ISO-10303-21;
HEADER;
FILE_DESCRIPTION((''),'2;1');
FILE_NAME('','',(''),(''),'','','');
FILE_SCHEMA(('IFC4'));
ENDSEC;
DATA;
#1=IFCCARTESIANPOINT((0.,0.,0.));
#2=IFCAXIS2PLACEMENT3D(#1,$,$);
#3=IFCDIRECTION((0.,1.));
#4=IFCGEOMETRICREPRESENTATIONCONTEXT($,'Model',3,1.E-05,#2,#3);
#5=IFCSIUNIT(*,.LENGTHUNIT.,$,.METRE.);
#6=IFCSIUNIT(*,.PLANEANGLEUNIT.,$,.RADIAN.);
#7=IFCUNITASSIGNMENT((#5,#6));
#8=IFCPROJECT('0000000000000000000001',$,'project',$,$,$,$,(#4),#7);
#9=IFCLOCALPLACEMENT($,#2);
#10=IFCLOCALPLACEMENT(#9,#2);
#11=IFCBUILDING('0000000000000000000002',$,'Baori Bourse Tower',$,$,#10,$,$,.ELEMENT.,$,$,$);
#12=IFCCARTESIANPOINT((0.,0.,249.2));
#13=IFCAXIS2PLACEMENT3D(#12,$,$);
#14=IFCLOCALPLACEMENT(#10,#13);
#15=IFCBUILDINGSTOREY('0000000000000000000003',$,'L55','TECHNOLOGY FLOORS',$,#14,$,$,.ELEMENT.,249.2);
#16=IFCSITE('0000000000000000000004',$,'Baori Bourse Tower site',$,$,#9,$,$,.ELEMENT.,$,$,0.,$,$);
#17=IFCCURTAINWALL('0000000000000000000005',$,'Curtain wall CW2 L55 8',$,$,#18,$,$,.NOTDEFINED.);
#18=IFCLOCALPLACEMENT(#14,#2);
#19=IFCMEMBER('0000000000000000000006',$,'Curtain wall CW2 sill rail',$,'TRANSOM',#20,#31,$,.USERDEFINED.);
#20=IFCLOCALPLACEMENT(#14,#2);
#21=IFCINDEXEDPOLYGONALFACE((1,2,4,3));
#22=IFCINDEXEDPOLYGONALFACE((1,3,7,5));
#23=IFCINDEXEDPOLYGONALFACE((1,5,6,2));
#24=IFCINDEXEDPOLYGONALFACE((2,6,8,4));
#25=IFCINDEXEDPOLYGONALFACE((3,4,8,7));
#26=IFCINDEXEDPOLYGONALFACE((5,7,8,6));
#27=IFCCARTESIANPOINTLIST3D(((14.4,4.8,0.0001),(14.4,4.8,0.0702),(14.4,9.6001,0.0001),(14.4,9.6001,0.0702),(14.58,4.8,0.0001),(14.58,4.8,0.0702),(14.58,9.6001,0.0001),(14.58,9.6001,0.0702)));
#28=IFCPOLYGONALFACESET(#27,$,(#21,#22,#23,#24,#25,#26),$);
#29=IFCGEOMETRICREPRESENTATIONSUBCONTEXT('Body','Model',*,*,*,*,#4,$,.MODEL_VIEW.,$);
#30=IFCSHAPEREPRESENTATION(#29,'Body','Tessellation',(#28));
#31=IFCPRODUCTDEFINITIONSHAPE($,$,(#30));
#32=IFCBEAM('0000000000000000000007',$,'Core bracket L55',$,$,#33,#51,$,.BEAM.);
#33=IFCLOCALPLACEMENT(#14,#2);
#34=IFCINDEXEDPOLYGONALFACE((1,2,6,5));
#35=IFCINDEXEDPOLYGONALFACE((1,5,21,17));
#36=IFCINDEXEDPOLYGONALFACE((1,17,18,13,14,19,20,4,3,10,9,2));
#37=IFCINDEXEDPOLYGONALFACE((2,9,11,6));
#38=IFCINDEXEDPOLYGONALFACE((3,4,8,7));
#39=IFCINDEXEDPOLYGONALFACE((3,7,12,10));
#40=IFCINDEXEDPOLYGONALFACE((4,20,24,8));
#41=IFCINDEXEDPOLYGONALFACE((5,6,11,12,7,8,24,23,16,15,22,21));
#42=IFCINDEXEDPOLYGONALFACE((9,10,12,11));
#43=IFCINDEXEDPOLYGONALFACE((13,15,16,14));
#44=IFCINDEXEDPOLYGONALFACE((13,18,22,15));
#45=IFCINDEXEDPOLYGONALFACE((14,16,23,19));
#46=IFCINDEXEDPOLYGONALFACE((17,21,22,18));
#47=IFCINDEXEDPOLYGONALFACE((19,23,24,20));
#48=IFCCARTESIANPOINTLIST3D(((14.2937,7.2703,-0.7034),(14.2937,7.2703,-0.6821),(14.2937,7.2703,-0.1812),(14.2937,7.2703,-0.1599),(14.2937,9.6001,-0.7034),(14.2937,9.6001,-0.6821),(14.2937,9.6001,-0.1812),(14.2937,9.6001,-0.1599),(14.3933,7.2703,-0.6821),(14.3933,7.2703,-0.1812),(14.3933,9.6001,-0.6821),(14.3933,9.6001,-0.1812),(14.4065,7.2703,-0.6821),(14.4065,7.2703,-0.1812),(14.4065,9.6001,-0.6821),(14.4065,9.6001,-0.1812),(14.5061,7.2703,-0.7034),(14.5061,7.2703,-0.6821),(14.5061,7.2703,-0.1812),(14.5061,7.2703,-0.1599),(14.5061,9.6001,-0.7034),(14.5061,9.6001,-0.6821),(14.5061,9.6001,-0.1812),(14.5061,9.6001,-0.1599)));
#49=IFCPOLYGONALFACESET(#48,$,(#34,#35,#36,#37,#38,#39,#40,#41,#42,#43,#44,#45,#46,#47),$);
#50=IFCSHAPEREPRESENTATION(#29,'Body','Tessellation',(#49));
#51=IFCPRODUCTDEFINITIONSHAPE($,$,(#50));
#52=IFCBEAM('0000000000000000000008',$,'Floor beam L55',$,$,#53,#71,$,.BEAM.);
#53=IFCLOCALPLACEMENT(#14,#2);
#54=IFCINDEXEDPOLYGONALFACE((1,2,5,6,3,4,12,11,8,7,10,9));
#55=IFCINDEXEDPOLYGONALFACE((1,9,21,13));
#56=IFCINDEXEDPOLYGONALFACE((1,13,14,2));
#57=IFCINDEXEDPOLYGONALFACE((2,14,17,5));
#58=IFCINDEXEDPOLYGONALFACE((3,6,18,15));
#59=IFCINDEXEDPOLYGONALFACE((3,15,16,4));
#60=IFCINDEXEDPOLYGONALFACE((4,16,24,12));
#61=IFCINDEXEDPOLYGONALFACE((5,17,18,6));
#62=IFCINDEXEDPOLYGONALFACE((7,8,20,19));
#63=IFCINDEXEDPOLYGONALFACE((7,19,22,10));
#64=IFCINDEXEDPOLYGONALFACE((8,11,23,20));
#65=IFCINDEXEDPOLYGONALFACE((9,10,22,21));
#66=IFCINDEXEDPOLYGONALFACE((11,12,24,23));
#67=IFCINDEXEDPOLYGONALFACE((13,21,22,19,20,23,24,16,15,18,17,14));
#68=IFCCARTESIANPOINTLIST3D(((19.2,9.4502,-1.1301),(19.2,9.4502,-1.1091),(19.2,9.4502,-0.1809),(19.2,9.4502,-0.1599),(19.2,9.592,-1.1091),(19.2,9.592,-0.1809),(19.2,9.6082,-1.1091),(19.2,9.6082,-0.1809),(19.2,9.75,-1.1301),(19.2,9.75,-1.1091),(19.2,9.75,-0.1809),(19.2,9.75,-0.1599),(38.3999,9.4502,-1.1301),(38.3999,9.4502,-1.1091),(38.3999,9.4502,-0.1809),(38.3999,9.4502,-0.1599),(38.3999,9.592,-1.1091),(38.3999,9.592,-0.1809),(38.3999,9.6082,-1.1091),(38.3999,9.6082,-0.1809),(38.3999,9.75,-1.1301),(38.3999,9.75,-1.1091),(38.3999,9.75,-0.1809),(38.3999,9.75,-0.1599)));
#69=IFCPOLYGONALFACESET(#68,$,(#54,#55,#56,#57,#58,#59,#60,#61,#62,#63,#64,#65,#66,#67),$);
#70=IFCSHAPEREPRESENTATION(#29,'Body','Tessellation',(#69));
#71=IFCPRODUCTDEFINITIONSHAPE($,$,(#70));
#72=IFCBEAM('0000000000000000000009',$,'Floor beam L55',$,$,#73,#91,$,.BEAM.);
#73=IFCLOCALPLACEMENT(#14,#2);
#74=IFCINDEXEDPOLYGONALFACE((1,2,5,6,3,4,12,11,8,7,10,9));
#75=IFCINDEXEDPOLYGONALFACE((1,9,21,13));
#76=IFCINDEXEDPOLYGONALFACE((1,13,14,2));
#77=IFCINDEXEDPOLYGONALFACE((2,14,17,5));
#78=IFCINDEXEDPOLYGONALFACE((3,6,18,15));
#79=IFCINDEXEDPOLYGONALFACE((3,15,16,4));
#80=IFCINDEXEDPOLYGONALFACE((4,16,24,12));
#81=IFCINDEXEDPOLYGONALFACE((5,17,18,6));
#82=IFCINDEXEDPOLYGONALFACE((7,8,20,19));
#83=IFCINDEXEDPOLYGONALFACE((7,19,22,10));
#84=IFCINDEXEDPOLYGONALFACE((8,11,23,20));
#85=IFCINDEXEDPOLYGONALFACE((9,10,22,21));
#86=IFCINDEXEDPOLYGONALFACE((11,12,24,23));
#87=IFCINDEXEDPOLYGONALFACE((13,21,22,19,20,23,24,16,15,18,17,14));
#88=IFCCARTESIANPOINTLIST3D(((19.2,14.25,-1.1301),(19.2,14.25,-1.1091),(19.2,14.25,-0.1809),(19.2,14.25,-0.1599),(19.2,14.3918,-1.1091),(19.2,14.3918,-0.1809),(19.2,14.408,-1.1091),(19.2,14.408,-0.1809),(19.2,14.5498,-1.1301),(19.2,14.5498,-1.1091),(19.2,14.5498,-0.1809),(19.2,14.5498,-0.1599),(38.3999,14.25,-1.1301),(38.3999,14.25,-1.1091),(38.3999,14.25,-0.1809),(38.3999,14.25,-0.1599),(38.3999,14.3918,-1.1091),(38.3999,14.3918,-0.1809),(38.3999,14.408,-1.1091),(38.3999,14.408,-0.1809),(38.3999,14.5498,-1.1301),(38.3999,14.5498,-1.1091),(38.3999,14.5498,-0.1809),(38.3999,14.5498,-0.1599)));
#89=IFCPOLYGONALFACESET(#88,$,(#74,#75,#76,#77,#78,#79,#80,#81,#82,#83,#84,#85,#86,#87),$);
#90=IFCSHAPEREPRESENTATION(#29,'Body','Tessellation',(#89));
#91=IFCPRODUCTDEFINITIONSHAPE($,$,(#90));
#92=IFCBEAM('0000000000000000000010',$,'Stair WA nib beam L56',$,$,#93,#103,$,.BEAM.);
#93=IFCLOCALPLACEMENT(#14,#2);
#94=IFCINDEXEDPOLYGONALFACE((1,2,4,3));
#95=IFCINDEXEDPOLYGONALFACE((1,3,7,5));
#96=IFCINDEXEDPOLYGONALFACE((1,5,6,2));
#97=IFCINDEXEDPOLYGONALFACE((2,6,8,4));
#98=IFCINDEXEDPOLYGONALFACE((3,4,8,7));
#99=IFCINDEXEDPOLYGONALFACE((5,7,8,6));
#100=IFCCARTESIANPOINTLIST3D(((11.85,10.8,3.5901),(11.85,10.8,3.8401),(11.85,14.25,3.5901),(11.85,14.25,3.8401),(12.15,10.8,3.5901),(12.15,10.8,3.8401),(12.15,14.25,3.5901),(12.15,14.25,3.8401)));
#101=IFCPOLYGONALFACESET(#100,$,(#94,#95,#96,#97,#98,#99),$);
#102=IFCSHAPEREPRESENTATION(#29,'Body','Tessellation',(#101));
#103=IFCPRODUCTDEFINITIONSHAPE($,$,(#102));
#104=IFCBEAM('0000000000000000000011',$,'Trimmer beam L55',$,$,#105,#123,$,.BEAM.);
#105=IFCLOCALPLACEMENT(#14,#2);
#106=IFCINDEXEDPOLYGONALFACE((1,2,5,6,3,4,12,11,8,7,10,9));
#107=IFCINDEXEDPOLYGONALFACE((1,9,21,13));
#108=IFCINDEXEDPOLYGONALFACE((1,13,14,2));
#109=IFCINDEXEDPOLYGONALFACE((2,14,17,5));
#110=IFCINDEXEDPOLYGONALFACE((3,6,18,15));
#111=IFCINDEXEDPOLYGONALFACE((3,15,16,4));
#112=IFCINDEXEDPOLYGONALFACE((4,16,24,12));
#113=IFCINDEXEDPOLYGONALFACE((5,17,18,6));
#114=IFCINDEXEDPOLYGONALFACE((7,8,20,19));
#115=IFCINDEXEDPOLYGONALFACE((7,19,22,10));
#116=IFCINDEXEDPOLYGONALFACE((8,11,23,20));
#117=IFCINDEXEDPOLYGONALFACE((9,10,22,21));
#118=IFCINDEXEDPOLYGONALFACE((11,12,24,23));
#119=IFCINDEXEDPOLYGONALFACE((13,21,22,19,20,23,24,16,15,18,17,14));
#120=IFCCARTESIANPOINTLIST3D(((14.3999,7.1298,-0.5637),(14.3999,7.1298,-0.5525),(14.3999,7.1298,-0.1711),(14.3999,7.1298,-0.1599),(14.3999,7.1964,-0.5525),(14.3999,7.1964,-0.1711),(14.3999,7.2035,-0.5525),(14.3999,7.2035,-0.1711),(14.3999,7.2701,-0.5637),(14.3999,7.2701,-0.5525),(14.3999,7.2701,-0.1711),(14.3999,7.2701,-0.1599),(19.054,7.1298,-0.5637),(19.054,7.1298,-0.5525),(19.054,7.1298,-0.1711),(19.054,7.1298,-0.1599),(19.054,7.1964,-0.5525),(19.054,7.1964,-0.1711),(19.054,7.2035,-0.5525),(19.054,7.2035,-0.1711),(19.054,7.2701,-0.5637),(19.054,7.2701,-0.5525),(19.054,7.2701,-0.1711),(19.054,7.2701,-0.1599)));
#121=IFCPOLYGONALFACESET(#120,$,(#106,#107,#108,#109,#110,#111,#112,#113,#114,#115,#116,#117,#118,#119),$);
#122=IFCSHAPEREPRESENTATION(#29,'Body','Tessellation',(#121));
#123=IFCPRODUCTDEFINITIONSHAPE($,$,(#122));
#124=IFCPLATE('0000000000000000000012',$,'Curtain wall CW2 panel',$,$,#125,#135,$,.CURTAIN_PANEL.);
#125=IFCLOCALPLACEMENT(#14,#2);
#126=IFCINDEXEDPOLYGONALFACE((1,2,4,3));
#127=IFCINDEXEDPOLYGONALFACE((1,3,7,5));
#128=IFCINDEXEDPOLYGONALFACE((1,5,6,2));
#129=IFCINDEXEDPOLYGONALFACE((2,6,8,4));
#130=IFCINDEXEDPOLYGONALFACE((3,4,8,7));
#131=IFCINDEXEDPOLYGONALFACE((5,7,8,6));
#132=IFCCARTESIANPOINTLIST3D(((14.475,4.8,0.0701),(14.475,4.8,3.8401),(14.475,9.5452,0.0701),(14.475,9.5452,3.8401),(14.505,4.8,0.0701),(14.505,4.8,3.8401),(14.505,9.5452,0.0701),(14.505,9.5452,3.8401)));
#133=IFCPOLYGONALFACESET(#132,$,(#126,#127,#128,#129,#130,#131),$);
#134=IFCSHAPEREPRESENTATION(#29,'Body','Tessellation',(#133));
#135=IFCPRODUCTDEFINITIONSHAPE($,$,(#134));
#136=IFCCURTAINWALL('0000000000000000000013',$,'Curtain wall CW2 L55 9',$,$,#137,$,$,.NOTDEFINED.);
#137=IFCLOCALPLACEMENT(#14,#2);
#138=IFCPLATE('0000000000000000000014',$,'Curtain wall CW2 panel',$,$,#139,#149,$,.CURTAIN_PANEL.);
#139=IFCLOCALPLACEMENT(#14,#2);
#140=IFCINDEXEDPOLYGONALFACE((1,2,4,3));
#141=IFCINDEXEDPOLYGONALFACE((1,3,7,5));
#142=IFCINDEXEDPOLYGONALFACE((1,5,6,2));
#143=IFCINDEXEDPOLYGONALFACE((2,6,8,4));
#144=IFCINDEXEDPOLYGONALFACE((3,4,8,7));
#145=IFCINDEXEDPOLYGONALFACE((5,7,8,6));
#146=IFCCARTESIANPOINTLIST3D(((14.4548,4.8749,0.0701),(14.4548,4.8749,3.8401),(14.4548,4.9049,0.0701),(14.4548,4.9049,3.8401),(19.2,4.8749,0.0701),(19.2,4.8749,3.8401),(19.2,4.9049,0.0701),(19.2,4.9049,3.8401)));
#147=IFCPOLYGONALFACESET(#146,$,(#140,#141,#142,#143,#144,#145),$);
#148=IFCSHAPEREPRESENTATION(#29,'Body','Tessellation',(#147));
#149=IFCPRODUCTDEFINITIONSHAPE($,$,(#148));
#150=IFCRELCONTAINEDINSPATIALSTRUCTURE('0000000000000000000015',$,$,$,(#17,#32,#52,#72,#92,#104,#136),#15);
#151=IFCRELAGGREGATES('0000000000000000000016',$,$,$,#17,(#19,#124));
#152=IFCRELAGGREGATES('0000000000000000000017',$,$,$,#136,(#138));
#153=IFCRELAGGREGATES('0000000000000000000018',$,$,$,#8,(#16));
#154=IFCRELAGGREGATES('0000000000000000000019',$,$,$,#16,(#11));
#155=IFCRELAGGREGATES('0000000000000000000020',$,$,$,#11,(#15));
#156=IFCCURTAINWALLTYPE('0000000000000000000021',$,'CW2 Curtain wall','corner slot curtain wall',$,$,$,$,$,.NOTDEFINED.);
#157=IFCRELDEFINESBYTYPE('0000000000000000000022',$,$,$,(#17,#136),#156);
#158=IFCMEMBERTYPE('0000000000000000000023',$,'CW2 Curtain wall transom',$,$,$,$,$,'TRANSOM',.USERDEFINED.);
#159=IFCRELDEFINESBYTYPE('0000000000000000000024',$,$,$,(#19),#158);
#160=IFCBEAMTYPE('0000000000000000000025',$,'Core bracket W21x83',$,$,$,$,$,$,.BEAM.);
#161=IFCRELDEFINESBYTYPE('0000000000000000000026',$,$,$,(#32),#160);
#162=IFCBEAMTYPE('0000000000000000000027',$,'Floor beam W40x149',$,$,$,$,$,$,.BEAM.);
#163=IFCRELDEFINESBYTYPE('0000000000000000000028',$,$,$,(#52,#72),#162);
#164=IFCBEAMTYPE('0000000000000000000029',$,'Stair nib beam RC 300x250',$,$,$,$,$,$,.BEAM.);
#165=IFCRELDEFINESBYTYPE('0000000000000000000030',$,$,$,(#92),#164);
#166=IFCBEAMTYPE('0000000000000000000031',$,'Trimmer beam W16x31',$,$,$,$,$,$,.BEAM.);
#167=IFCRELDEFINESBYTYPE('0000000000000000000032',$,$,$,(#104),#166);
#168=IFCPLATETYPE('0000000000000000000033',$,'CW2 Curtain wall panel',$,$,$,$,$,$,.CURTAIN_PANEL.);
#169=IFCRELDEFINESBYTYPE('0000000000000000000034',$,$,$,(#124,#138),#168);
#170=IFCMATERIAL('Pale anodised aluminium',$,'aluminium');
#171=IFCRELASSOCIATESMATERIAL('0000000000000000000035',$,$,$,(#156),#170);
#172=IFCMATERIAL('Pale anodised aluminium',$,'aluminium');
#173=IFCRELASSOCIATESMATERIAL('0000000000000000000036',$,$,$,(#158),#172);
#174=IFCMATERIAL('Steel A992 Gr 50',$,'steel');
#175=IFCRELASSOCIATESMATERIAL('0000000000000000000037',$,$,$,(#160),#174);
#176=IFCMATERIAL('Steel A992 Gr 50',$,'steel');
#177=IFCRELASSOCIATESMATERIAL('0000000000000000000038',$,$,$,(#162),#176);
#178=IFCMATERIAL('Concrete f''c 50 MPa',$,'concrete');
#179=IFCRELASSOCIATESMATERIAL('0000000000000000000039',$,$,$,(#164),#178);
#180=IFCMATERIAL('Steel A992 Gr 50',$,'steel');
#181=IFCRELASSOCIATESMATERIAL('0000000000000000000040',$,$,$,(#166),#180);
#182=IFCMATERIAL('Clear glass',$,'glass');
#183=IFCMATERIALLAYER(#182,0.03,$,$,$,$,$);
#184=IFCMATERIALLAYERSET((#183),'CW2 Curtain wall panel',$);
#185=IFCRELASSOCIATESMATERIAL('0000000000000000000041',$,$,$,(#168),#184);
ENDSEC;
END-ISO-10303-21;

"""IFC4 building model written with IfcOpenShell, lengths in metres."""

from ifc_helpers import new_model, si_unit, direction, frame, origin, origin_2d, place, context, subcontext, project, spatial, rectangle, i_section, extrude, material, layer, layer_set, material_profile, profile_set, type_object, element, aggregate, save


model = new_model("IFC4")

# Units and contexts
model_context = context("Model", 3, precision=1e-05, world=origin(), true_north=direction((0.0, 1.0)))
body_context = subcontext(model_context, "Body", "Model", "MODEL_VIEW")
ifc_project = project(units=[si_unit("LENGTHUNIT", "METRE"), si_unit("PLANEANGLEUNIT", "RADIAN")], contexts=[model_context])

# Site, building, storey
site_placement = place(None, origin())
site = spatial("IfcSite", under=ifc_project, at=site_placement, Name="Baori Bourse Tower site", CompositionType="ELEMENT", RefElevation=0.0)
building_placement = place(site_placement, origin())
building = spatial("IfcBuilding", under=site, at=building_placement, Name="Baori Bourse Tower", CompositionType="ELEMENT")
storey_placement = place(building_placement, frame((0.0, 0.0, 249.2)))
storey = spatial("IfcBuildingStorey", under=building, at=storey_placement, Name="L55", Description="TECHNOLOGY FLOORS", CompositionType="ELEMENT", Elevation=249.2)

# Curtain wall, member
ifc_material_1 = material(Name="Pale anodised aluminium", Category="aluminium")
curtain_wall_type = type_object("IfcCurtainWallType", Name="CW2 Curtain wall", Description="corner slot curtain wall", PredefinedType="NOTDEFINED", material=ifc_material_1)
curtain_wall_1_placement = place(storey_placement, origin())
curtain_wall_1 = element("IfcCurtainWall", 1, at=curtain_wall_1_placement, inside=storey, type_object=curtain_wall_type, Name="Curtain wall CW2 L55 8", PredefinedType="NOTDEFINED")
ifc_material_2 = material(Name="Pale anodised aluminium", Category="aluminium")
ifc_material_profile_1 = material_profile(ifc_material_2, rectangle(XDim=0.1799, YDim=0.0701, at=origin_2d()), Name="Transom 70x180")
ifc_profile_set_1 = profile_set([ifc_material_profile_1], Name="Pale anodised aluminium")
member_type = type_object("IfcMemberType", Name="CW2 Curtain wall transom", ElementType="TRANSOM", PredefinedType="USERDEFINED", material=ifc_profile_set_1)
member_placement = place(storey_placement, frame((14.49, 9.6001, 0.0352), z_axis=(0.0, -1.0, 0.0), x_axis=(1.0, 0.0, 0.0)))
member = element("IfcMember", 2, at=member_placement, type_object=member_type, Name="Curtain wall CW2 sill rail", ObjectType="TRANSOM", PredefinedType="USERDEFINED", context=body_context, shape_type="SweptSolid", body=[
    extrude(rectangle(XDim=0.1799, YDim=0.0701, at=origin_2d()), origin(), (0.0, 0.0, 1.0), 4.8),
])

# Beams
ifc_material_3 = material(Name="Steel A992 Gr 50", Category="steel")
ifc_material_profile_2 = material_profile(ifc_material_3, i_section(OverallWidth=0.2124, OverallDepth=0.5435, WebThickness=0.0132, FlangeThickness=0.0212, at=origin_2d()), Name="W21x83")
ifc_profile_set_2 = profile_set([ifc_material_profile_2], Name="Steel A992 Gr 50")
beam_type_1 = type_object("IfcBeamType", Name="Core bracket W21x83", PredefinedType="BEAM", material=ifc_profile_set_2)
beam_1_placement = place(storey_placement, frame((14.3999, 7.2703, -0.4316), z_axis=(0.0, 1.0, 0.0), x_axis=(-1.0, 0.0, 0.0)))
element("IfcBeam", 3, at=beam_1_placement, inside=storey, type_object=beam_type_1, Name="Core bracket L55", PredefinedType="BEAM", context=body_context, shape_type="SweptSolid", body=[
    extrude(i_section(OverallWidth=0.2124, OverallDepth=0.5435, WebThickness=0.0132, FlangeThickness=0.0212, at=origin_2d()), origin(), (0.0, 0.0, 1.0), 2.3298),
])
ifc_material_4 = material(Name="Steel A992 Gr 50", Category="steel")
ifc_material_profile_3 = material_profile(ifc_material_4, i_section(OverallWidth=0.2998, OverallDepth=0.9702, WebThickness=0.0161, FlangeThickness=0.021, at=origin_2d()), Name="W40x149")
ifc_profile_set_3 = profile_set([ifc_material_profile_3], Name="Steel A992 Gr 50")
beam_type_2 = type_object("IfcBeamType", Name="Floor beam W40x149", PredefinedType="BEAM", material=ifc_profile_set_3)
for number, where, z_axis, x_axis, name in (
    (4, (19.2, 9.6001, -0.645), (1.0, 0.0, 0.0), (0.0, 1.0, 0.0), "Floor beam L55"),
    (5, (19.2, 14.3999, -0.645), (1.0, 0.0, 0.0), (0.0, 1.0, 0.0), "Floor beam L55"),
):
    element("IfcBeam", number, at=place(storey_placement, frame(where, z_axis=z_axis, x_axis=x_axis)), inside=storey, type_object=beam_type_2, Name=name, PredefinedType="BEAM", context=body_context, shape_type="SweptSolid", body=[
        extrude(i_section(OverallWidth=0.2998, OverallDepth=0.9702, WebThickness=0.0161, FlangeThickness=0.021, at=origin_2d()), origin(), (0.0, 0.0, 1.0), 19.2),
    ])
ifc_material_5 = material(Name="Concrete f'c 50 MPa", Category="concrete")
ifc_material_profile_4 = material_profile(ifc_material_5, rectangle(XDim=0.3, YDim=0.25, at=origin_2d()), Name="RC 300x250")
ifc_profile_set_4 = profile_set([ifc_material_profile_4], Name="Concrete f'c 50 MPa")
beam_type_3 = type_object("IfcBeamType", Name="Stair nib beam RC 300x250", PredefinedType="BEAM", material=ifc_profile_set_4)
beam_2_placement = place(storey_placement, frame((12.0, 10.8, 3.7151), z_axis=(0.0, 1.0, 0.0), x_axis=(-1.0, 0.0, 0.0)))
element("IfcBeam", 6, at=beam_2_placement, inside=storey, type_object=beam_type_3, Name="Stair WA nib beam L56", PredefinedType="BEAM", context=body_context, shape_type="SweptSolid", body=[
    extrude(rectangle(XDim=0.3, YDim=0.25, at=origin_2d()), origin(), (0.0, 0.0, 1.0), 3.45),
])
ifc_material_6 = material(Name="Steel A992 Gr 50", Category="steel")
ifc_material_profile_5 = material_profile(ifc_material_6, i_section(OverallWidth=0.1404, OverallDepth=0.4038, WebThickness=0.0071, FlangeThickness=0.0112, at=origin_2d()), Name="W16x31")
ifc_profile_set_5 = profile_set([ifc_material_profile_5], Name="Steel A992 Gr 50")
beam_type_4 = type_object("IfcBeamType", Name="Trimmer beam W16x31", PredefinedType="BEAM", material=ifc_profile_set_5)
beam_3_placement = place(storey_placement, frame((14.3999, 7.2, -0.3618), z_axis=(1.0, 0.0, 0.0), x_axis=(0.0, 1.0, 0.0)))
element("IfcBeam", 7, at=beam_3_placement, inside=storey, type_object=beam_type_4, Name="Trimmer beam L55", PredefinedType="BEAM", context=body_context, shape_type="SweptSolid", body=[
    extrude(i_section(OverallWidth=0.1404, OverallDepth=0.4038, WebThickness=0.0071, FlangeThickness=0.0112, at=origin_2d()), origin(), (0.0, 0.0, 1.0), 4.6541),
])

# Plate
ifc_material_7 = material(Name="Clear glass", Category="glass")
ifc_layer_1 = layer(ifc_material_7, 0.03)
ifc_layer_set_1 = layer_set([ifc_layer_1], Name="CW2 Curtain wall panel")
plate_type = type_object("IfcPlateType", Name="CW2 Curtain wall panel", PredefinedType="CURTAIN_PANEL", material=ifc_layer_set_1)
plate_1_placement = place(storey_placement, frame((14.49, 7.1726, 0.0701), z_axis=(0.0, 0.0, 1.0), x_axis=(0.0, -1.0, 0.0)))
plate_1 = element("IfcPlate", 8, at=plate_1_placement, type_object=plate_type, Name="Curtain wall CW2 panel", PredefinedType="CURTAIN_PANEL", context=body_context, shape_type="SweptSolid", body=[
    extrude(rectangle(XDim=4.7451, YDim=0.03, at=origin_2d()), origin(), (0.0, 0.0, 1.0), 3.77),
])
aggregate(curtain_wall_1, [member, plate_1])

# Curtain wall, plate
curtain_wall_2_placement = place(storey_placement, origin())
curtain_wall_2 = element("IfcCurtainWall", 9, at=curtain_wall_2_placement, inside=storey, type_object=curtain_wall_type, Name="Curtain wall CW2 L55 9", PredefinedType="NOTDEFINED")
plate_2_placement = place(storey_placement, frame((16.8274, 4.8899, 0.0701), z_axis=(0.0, 0.0, 1.0), x_axis=(1.0, 0.0, 0.0)))
plate_2 = element("IfcPlate", 10, at=plate_2_placement, type_object=plate_type, Name="Curtain wall CW2 panel", PredefinedType="CURTAIN_PANEL", context=body_context, shape_type="SweptSolid", body=[
    extrude(rectangle(XDim=4.7451, YDim=0.03, at=origin_2d()), origin(), (0.0, 0.0, 1.0), 3.77),
])
aggregate(curtain_wall_2, [plate_2])

save(model, "model.ifc")
